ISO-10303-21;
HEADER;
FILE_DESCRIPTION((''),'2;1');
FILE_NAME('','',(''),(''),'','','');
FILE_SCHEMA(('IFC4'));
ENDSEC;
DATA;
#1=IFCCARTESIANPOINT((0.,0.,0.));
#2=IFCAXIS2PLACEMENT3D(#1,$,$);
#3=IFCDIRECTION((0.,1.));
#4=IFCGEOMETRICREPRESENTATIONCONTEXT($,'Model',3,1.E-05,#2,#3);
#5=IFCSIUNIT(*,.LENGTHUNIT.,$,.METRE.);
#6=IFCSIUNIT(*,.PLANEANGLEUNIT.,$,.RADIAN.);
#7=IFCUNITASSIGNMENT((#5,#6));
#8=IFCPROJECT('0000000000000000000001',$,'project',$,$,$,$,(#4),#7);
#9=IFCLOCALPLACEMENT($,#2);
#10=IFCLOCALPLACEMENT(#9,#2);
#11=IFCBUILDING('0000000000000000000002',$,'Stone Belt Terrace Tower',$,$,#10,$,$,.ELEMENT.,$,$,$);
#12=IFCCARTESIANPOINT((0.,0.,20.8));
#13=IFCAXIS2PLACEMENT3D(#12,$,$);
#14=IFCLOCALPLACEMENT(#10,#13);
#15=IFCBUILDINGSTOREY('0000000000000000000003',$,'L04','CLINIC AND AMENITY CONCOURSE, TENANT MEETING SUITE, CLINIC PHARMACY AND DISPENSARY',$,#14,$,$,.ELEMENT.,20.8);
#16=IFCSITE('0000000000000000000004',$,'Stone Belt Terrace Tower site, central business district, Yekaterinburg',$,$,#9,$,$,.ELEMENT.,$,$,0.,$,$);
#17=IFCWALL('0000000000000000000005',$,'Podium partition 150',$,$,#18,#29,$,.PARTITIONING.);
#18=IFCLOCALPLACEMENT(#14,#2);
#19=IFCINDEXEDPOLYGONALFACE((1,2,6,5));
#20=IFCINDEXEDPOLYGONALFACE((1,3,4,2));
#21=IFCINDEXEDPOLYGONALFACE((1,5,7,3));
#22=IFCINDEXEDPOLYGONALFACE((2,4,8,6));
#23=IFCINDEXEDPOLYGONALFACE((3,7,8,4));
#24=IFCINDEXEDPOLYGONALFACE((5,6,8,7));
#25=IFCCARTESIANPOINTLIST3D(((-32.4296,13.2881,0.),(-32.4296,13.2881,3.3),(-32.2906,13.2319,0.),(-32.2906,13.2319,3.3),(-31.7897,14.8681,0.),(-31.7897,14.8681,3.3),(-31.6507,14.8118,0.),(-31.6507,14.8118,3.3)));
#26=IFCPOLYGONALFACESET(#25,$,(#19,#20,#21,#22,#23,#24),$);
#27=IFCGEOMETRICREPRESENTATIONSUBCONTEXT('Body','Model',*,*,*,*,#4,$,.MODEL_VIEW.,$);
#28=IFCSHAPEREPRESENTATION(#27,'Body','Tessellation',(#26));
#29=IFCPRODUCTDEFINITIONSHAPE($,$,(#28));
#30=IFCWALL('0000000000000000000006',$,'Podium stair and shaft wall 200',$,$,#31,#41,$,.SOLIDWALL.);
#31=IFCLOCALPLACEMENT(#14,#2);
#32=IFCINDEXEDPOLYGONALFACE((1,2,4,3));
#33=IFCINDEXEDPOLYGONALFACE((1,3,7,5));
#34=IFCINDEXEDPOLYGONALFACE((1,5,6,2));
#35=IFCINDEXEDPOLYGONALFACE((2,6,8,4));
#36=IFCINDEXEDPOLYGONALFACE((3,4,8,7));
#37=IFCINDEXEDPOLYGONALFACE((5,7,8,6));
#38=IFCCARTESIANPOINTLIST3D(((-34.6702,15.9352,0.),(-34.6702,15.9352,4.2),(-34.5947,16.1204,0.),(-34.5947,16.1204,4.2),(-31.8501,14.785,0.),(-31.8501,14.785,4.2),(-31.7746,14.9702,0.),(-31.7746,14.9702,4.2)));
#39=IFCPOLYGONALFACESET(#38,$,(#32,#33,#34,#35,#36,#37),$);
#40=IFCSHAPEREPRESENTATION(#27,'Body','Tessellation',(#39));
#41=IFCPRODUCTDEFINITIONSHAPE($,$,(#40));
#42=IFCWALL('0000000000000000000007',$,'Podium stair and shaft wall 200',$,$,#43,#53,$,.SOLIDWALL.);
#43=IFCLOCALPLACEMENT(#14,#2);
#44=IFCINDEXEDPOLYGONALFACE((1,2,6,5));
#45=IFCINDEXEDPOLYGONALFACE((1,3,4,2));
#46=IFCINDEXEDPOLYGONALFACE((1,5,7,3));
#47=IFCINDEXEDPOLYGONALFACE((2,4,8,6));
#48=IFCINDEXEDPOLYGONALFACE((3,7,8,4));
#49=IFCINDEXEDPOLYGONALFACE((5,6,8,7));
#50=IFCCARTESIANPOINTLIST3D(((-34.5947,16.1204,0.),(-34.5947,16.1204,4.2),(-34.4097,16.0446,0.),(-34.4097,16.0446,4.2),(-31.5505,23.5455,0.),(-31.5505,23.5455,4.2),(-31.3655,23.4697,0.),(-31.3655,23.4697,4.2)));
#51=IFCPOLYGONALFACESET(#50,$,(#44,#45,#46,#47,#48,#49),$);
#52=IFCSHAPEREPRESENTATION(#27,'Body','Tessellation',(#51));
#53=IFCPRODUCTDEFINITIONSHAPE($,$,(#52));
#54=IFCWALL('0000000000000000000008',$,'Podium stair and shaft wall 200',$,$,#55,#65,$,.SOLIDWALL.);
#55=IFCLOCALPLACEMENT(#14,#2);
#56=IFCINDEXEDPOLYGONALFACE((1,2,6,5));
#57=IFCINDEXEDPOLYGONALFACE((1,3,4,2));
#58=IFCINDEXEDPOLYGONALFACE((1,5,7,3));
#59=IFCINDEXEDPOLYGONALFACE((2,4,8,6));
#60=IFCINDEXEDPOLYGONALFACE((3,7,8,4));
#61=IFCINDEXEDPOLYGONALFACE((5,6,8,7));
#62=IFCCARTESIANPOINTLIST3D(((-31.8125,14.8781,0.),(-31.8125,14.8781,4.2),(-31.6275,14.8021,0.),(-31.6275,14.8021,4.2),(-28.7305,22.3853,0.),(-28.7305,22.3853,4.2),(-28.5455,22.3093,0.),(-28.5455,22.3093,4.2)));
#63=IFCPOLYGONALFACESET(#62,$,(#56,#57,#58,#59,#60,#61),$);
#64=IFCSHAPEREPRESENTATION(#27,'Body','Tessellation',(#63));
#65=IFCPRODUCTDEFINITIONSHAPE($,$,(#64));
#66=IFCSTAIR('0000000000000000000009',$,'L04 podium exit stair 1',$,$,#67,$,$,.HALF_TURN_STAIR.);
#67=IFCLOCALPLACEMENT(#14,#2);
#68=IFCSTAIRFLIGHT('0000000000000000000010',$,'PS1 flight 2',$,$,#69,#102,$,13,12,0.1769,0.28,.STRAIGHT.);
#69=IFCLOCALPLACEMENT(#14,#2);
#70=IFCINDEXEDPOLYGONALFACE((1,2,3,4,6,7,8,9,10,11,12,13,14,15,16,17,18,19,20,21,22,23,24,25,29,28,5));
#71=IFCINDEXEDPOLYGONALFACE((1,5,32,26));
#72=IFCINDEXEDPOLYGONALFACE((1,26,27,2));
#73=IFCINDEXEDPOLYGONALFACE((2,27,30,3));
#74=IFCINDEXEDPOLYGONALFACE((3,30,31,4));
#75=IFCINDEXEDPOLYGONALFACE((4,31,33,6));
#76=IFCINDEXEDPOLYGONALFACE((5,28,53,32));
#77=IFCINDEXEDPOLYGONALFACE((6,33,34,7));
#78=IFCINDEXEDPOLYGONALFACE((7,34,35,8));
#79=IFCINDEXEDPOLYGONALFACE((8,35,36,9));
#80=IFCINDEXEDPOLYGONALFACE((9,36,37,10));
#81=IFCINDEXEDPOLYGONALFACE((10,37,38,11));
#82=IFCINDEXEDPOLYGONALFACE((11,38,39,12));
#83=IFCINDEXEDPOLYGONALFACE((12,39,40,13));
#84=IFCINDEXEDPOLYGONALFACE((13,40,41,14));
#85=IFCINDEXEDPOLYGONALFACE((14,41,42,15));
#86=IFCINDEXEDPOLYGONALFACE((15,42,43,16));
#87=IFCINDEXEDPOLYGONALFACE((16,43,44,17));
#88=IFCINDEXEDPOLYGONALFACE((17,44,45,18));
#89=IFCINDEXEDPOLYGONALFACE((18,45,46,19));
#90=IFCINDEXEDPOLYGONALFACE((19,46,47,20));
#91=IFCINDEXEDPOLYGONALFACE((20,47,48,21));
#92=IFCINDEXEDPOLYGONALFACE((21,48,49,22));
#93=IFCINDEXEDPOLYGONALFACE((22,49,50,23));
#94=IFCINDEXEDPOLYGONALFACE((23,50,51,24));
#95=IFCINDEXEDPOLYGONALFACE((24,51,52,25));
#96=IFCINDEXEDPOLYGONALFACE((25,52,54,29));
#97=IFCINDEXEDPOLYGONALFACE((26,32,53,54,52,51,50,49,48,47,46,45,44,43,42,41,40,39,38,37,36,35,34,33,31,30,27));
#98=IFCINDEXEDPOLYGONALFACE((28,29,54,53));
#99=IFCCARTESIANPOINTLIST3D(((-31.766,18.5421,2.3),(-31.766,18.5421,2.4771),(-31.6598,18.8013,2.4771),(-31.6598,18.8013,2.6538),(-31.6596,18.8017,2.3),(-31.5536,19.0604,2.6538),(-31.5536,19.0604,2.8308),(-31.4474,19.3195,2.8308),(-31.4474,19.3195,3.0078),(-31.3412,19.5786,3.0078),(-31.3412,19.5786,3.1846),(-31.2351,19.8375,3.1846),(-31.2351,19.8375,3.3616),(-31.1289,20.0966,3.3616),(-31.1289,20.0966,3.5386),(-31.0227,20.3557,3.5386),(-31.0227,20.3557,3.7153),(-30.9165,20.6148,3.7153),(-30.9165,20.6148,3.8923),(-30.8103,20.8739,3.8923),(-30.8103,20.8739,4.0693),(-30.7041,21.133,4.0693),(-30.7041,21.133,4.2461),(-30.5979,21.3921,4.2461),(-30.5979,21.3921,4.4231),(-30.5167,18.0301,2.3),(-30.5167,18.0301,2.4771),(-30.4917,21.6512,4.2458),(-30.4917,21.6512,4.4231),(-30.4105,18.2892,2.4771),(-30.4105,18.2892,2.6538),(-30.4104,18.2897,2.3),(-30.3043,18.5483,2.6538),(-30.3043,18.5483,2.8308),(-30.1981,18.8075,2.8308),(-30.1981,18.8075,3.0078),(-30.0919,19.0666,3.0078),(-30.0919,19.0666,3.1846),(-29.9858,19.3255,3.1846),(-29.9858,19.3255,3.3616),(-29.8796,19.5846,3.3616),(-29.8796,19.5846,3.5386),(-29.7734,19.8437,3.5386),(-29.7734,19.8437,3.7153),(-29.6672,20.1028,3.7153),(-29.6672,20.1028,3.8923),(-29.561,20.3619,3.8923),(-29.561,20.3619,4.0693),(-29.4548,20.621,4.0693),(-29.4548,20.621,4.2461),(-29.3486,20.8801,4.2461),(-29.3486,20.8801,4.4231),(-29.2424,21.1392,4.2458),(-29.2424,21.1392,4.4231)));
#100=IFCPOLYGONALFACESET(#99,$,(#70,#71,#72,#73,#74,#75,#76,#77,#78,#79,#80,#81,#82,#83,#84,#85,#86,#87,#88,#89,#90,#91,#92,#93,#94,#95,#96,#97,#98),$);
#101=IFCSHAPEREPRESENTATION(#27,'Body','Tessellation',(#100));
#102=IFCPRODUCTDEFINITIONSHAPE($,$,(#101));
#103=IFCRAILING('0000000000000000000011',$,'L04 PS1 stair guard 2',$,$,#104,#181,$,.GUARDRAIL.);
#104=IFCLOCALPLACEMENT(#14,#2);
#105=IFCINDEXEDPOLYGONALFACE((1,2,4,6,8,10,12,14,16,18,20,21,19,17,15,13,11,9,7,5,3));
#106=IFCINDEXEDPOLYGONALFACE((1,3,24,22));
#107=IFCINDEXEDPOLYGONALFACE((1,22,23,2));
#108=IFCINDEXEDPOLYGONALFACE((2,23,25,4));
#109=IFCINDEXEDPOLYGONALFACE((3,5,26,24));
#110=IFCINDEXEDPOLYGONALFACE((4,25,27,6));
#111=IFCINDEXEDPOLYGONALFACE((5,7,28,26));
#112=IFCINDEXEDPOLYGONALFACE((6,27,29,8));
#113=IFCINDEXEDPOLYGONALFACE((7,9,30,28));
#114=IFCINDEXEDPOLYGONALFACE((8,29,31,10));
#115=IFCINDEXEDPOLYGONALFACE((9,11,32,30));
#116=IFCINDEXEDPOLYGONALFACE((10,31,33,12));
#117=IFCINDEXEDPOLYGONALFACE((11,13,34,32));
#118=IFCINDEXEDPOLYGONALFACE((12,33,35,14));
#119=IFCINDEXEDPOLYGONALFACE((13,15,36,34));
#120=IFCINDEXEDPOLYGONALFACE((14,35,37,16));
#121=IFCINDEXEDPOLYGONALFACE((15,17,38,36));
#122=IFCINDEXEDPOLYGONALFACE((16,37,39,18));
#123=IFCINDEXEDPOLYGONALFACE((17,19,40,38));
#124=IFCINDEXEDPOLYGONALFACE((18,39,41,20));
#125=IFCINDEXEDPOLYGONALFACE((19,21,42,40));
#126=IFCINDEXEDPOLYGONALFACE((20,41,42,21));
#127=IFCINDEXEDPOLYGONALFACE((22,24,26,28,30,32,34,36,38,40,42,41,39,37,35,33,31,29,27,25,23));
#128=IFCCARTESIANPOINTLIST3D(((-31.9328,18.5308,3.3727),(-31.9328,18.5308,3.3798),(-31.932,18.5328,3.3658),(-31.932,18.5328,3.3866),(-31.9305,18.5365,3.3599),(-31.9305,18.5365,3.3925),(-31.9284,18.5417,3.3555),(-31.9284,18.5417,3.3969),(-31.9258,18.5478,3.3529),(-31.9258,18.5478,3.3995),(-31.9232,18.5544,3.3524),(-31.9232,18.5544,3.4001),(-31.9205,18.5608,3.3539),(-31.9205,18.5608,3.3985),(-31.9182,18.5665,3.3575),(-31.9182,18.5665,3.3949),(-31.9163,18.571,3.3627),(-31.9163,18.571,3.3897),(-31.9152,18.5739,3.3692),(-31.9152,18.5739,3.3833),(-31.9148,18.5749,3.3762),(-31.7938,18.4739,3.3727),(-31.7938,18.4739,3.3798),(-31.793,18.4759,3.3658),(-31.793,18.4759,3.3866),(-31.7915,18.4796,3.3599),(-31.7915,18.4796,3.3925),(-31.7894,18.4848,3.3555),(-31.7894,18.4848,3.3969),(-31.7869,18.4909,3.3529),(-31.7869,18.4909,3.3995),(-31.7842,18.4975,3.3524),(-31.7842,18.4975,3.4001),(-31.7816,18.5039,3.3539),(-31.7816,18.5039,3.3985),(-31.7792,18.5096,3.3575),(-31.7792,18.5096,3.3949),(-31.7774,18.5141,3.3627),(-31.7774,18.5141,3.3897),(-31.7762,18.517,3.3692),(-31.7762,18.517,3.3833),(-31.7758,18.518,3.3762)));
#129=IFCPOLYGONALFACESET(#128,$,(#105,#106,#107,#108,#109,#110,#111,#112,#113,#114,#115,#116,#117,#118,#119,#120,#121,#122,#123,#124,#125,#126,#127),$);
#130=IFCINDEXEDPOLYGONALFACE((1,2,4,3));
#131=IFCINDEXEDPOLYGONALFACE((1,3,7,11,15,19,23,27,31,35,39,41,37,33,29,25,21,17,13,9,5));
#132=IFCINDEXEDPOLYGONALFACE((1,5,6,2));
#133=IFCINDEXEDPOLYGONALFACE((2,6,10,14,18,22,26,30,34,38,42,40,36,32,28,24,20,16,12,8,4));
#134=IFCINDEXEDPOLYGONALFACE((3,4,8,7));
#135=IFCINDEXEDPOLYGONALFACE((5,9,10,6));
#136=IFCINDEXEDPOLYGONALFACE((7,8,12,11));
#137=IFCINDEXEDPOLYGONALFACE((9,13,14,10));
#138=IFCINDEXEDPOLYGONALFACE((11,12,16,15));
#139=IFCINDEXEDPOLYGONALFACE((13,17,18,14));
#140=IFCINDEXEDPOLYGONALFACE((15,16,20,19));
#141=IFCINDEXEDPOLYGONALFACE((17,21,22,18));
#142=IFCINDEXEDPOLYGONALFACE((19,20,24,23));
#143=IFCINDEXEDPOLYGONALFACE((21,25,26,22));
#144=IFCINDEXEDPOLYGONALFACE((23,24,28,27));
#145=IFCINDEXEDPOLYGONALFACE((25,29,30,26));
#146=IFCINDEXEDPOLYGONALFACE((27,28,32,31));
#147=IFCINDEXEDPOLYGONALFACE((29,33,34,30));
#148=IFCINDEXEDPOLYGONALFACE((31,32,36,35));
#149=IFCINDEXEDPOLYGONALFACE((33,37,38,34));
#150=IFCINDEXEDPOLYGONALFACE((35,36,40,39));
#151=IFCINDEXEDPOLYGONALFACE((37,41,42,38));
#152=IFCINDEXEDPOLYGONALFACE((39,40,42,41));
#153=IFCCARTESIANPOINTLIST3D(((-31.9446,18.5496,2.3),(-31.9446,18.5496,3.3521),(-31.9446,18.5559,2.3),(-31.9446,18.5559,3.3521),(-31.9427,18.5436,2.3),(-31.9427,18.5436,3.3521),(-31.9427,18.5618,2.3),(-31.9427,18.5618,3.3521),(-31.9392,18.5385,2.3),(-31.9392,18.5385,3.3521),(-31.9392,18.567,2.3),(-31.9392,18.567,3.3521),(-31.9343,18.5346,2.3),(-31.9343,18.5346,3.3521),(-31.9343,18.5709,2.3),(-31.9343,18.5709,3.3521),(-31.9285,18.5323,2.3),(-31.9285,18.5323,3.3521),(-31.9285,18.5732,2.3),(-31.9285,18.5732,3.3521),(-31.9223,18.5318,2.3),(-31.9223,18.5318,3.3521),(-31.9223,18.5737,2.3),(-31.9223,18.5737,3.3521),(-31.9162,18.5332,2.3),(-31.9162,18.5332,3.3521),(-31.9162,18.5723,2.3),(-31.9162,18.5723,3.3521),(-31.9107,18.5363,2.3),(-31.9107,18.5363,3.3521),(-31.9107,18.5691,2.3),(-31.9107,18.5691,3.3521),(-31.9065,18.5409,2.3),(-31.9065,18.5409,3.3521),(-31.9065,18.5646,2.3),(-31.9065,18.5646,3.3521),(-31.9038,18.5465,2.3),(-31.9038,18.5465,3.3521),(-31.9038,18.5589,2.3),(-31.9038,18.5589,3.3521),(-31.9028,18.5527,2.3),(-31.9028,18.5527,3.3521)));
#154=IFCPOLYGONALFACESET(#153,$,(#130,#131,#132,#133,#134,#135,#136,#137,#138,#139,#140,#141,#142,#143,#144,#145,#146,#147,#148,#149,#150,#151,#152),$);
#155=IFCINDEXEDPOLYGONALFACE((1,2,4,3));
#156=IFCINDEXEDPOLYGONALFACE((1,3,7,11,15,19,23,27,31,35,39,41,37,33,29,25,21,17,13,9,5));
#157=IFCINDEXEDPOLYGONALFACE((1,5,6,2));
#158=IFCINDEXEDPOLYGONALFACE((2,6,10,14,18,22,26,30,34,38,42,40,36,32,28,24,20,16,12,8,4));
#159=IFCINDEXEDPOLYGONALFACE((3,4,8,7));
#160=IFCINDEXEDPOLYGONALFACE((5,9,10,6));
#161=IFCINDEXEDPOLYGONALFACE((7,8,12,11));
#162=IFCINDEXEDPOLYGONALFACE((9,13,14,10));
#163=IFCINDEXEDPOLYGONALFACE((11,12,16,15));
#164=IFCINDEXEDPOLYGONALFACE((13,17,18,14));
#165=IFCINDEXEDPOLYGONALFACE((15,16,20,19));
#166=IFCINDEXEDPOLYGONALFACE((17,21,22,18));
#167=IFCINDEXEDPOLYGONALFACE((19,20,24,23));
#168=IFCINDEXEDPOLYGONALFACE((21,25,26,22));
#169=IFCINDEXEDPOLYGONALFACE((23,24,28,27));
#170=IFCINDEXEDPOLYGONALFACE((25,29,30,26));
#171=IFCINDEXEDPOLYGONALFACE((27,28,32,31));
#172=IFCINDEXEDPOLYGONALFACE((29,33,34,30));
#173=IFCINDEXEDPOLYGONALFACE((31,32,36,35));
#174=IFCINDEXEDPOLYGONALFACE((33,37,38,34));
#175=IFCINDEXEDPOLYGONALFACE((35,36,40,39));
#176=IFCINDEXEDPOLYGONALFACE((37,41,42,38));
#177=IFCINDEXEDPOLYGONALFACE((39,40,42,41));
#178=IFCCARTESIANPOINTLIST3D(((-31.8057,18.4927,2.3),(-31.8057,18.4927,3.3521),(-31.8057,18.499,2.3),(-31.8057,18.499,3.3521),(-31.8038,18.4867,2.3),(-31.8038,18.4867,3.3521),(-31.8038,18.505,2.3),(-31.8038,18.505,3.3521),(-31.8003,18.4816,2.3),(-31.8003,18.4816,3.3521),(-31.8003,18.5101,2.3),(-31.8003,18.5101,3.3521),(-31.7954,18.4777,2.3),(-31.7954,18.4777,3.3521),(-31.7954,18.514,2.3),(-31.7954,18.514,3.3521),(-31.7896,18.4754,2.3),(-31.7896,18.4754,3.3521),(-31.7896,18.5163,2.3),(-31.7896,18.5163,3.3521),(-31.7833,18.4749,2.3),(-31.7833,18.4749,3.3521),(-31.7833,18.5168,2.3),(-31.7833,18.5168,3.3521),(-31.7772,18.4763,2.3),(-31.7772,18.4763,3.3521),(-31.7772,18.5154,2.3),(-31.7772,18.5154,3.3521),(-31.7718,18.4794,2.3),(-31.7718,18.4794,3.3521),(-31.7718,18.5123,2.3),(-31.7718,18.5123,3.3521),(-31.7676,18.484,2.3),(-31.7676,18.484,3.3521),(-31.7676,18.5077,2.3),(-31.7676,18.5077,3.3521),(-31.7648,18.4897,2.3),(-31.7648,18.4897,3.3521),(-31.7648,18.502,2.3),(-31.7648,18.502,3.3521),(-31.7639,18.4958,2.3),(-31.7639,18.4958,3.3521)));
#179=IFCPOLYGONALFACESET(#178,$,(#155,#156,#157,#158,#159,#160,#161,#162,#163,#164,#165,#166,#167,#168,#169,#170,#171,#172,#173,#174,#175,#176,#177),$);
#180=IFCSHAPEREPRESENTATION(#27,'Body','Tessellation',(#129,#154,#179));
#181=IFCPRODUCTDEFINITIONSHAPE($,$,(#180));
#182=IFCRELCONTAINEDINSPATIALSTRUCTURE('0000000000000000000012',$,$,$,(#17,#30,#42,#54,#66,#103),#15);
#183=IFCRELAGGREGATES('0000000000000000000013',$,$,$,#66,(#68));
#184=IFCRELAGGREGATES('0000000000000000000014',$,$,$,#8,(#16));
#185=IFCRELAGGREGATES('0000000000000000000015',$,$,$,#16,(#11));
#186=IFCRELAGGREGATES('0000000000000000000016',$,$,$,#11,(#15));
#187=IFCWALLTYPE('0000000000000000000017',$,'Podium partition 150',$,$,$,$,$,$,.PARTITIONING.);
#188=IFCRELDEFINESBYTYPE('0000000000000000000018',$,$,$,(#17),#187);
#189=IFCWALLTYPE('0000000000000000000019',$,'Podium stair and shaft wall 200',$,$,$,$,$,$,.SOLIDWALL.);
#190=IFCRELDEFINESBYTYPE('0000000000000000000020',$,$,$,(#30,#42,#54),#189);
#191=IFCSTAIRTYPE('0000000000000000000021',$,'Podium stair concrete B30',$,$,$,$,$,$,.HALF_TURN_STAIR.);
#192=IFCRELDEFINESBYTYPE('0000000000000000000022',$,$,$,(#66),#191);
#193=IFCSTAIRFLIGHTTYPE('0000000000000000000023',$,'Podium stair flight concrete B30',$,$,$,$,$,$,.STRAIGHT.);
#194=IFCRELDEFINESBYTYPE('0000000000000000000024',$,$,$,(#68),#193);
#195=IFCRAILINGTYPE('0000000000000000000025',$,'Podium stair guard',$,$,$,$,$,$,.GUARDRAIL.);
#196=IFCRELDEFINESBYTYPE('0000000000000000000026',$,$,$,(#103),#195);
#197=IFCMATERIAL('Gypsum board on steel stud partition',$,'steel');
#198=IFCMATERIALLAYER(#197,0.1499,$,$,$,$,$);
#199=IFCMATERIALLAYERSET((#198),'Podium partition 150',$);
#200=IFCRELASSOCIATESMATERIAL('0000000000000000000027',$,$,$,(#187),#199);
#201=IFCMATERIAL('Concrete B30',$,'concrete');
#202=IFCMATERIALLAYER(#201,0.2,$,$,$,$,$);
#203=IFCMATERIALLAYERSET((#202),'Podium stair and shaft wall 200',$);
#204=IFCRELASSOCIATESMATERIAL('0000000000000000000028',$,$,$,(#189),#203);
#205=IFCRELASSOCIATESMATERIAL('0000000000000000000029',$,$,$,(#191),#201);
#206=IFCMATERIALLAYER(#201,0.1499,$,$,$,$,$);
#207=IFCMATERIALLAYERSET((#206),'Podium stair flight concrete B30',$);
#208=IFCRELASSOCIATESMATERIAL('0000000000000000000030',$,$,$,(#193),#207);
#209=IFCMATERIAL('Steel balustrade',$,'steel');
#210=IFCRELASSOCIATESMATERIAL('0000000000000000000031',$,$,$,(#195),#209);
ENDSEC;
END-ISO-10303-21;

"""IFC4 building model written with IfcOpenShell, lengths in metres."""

from ifc_helpers import new_model, si_unit, direction, frame, frame_2d, origin, origin_2d, place, context, subcontext, project, spatial, polyline, rectangle, circle, outline, extrude, material, layer, layer_set, type_object, element, aggregate, save


model = new_model("IFC4")

# Units and contexts
model_context = context("Model", 3, precision=1e-05, world=origin(), true_north=direction((0.0, 1.0)))
body_context = subcontext(model_context, "Body", "Model", "MODEL_VIEW")
ifc_project = project(units=[si_unit("LENGTHUNIT", "METRE"), si_unit("PLANEANGLEUNIT", "RADIAN")], contexts=[model_context])

# Site, building, storey
site_placement = place(None, origin())
site = spatial("IfcSite", under=ifc_project, at=site_placement, Name="Stone Belt Terrace Tower site, central business district, Yekaterinburg", CompositionType="ELEMENT", RefElevation=0.0)
building_placement = place(site_placement, origin())
building = spatial("IfcBuilding", under=site, at=building_placement, Name="Stone Belt Terrace Tower", CompositionType="ELEMENT")
storey_placement = place(building_placement, frame((0.0, 0.0, 20.8)))
storey = spatial("IfcBuildingStorey", under=building, at=storey_placement, Name="L04", Description="CLINIC AND AMENITY CONCOURSE, TENANT MEETING SUITE, CLINIC PHARMACY AND DISPENSARY", CompositionType="ELEMENT", Elevation=20.8)

# Walls
ifc_material_1 = material(Name="Gypsum board on steel stud partition", Category="steel")
ifc_layer_1 = layer(ifc_material_1, 0.1499)
ifc_layer_set_1 = layer_set([ifc_layer_1], Name="Podium partition 150")
wall_type_1 = type_object("IfcWallType", Name="Podium partition 150", PredefinedType="PARTITIONING", material=ifc_layer_set_1)
wall_1_placement = place(storey_placement, frame((-32.3601, 13.26, 0.0), z_axis=(0.0, 0.0, 1.0), x_axis=(0.375413, 0.926858, 0.0)))
element("IfcWall", 1, at=wall_1_placement, inside=storey, type_object=wall_type_1, Name="Podium partition 150", PredefinedType="PARTITIONING", context=body_context, shape_type="SweptSolid", body=[
    extrude(rectangle(XDim=1.7046, YDim=0.1499, at=frame_2d((0.8523, 0.0))), origin(), (0.0, 0.0, 1.0), 3.3),
])
ifc_material_2 = material(Name="Concrete B30", Category="concrete")
ifc_layer_2 = layer(ifc_material_2, 0.2)
ifc_layer_set_2 = layer_set([ifc_layer_2], Name="Podium stair and shaft wall 200")
wall_type_2 = type_object("IfcWallType", Name="Podium stair and shaft wall 200", PredefinedType="SOLIDWALL", material=ifc_layer_set_2)
wall_2_placement = place(storey_placement, frame((-34.6326, 16.0278, 0.0), z_axis=(0.0, 0.0, 1.0), x_axis=(0.925951, -0.377643, 0.0)))
element("IfcWall", 2, at=wall_2_placement, inside=storey, type_object=wall_type_2, Name="Podium stair and shaft wall 200", PredefinedType="SOLIDWALL", context=body_context, shape_type="SweptSolid", body=[
    extrude(rectangle(XDim=3.0457, YDim=0.2, at=frame_2d((1.5229, 0.0))), origin(), (0.0, 0.0, 1.0), 4.2),
])
wall_3_placement = place(storey_placement, frame((-34.5022, 16.0825, 0.0), z_axis=(0.0, 0.0, 1.0), x_axis=(0.379345, 0.925255, 0.0)))
element("IfcWall", 3, at=wall_3_placement, inside=storey, type_object=wall_type_2, Name="Podium stair and shaft wall 200", PredefinedType="SOLIDWALL", context=body_context, shape_type="SweptSolid", body=[
    extrude(rectangle(XDim=8.0249, YDim=0.2, at=frame_2d((4.0125, 0.0))), origin(), (0.0, 0.0, 1.0), 4.2),
])
wall_4_placement = place(storey_placement, frame((-31.72, 14.8401, 0.0), z_axis=(0.0, 0.0, 1.0), x_axis=(0.379778, 0.925078, 0.0)))
element("IfcWall", 4, at=wall_4_placement, inside=storey, type_object=wall_type_2, Name="Podium stair and shaft wall 200", PredefinedType="SOLIDWALL", context=body_context, shape_type="SweptSolid", body=[
    extrude(rectangle(XDim=8.1152, YDim=0.2, at=frame_2d((4.0576, 0.0))), origin(), (0.0, 0.0, 1.0), 4.2),
])

# Stair, stair flight
stair_type = type_object("IfcStairType", Name="Podium stair concrete B30", PredefinedType="HALF_TURN_STAIR", material=ifc_material_2)
stair_placement = place(storey_placement, origin())
stair = element("IfcStair", 5, at=stair_placement, inside=storey, type_object=stair_type, Name="L04 podium exit stair 1", PredefinedType="HALF_TURN_STAIR")
ifc_layer_3 = layer(ifc_material_2, 0.1499)
ifc_layer_set_3 = layer_set([ifc_layer_3], Name="Podium stair flight concrete B30")
stair_flight_type = type_object("IfcStairFlightType", Name="Podium stair flight concrete B30", PredefinedType="STRAIGHT", material=ifc_layer_set_3)
stair_flight_placement = place(storey_placement, frame((-31.1414, 18.2861, 2.3), z_axis=(0.0, 0.0, 1.0), x_axis=(0.379243, 0.925297, 0.0)))
stair_flight = element("IfcStairFlight", 6, at=stair_flight_placement, type_object=stair_flight_type, Name="PS1 flight 2", NumberOfRisers=13, NumberOfTreads=12, PredefinedType="STRAIGHT", RiserHeight=0.1769, TreadLength=0.28, context=body_context, shape_type="SweptSolid", body=[
    extrude(outline(polyline([(0.0, 0.0), (0.0, 0.177), (0.28, 0.177), (0.28, 0.3538), (0.5601, 0.3538), (0.5601, 0.5308), (0.8401, 0.5308), (0.8401, 0.7078), (1.1201, 0.7078), (1.1201, 0.8845), (1.3999, 0.8845), (1.3999, 1.0615), (1.6799, 1.0615), (1.6799, 1.2385), (1.96, 1.2385), (1.96, 1.4153), (2.24, 1.4153), (2.24, 1.5923), (2.52, 1.5923), (2.52, 1.7693), (2.8, 1.7693), (2.8, 1.946), (3.0801, 1.946), (3.0801, 2.123), (3.3601, 2.123), (3.3601, 2.3), (3.3601, 1.9458), (0.2805, 0.0), (0.0, 0.0)])), frame((0.0, 0.675, 0.0), z_axis=(0.0, -1.0, 0.0), x_axis=(1.0, 0.0, 0.0)), (0.0, 0.0, 1.0), 1.3501),
])
aggregate(stair, [stair_flight])

# Railing
ifc_material_3 = material(Name="Steel balustrade", Category="steel")
railing_type_1 = type_object("IfcRailingType", Name="Podium stair guard", PredefinedType="GUARDRAIL", material=ifc_material_3)
railing_1_placement = place(storey_placement, frame((-31.9238, 18.5527, 2.3)))
element("IfcRailing", 7, at=railing_1_placement, inside=storey, type_object=railing_type_1, Name="L04 PS1 stair guard 2", PredefinedType="GUARDRAIL", context=body_context, shape_type="SweptSolid", body=[
    extrude(circle(Radius=0.0239, at=origin_2d()), frame((0.0, 0.0, 1.0762), z_axis=(0.925417, -0.378949, 0.0), x_axis=(0.378949, 0.925417, 0.0)), (0.0, 0.0, 1.0), 0.1501),
    extrude(circle(Radius=0.021, at=origin_2d()), origin(), (0.0, 0.0, 1.0), 1.052),
    extrude(circle(Radius=0.021, at=origin_2d()), frame((0.1389, -0.0569, 0.0)), (0.0, 0.0, 1.0), 1.052),
])

save(model, "model.ifc")
